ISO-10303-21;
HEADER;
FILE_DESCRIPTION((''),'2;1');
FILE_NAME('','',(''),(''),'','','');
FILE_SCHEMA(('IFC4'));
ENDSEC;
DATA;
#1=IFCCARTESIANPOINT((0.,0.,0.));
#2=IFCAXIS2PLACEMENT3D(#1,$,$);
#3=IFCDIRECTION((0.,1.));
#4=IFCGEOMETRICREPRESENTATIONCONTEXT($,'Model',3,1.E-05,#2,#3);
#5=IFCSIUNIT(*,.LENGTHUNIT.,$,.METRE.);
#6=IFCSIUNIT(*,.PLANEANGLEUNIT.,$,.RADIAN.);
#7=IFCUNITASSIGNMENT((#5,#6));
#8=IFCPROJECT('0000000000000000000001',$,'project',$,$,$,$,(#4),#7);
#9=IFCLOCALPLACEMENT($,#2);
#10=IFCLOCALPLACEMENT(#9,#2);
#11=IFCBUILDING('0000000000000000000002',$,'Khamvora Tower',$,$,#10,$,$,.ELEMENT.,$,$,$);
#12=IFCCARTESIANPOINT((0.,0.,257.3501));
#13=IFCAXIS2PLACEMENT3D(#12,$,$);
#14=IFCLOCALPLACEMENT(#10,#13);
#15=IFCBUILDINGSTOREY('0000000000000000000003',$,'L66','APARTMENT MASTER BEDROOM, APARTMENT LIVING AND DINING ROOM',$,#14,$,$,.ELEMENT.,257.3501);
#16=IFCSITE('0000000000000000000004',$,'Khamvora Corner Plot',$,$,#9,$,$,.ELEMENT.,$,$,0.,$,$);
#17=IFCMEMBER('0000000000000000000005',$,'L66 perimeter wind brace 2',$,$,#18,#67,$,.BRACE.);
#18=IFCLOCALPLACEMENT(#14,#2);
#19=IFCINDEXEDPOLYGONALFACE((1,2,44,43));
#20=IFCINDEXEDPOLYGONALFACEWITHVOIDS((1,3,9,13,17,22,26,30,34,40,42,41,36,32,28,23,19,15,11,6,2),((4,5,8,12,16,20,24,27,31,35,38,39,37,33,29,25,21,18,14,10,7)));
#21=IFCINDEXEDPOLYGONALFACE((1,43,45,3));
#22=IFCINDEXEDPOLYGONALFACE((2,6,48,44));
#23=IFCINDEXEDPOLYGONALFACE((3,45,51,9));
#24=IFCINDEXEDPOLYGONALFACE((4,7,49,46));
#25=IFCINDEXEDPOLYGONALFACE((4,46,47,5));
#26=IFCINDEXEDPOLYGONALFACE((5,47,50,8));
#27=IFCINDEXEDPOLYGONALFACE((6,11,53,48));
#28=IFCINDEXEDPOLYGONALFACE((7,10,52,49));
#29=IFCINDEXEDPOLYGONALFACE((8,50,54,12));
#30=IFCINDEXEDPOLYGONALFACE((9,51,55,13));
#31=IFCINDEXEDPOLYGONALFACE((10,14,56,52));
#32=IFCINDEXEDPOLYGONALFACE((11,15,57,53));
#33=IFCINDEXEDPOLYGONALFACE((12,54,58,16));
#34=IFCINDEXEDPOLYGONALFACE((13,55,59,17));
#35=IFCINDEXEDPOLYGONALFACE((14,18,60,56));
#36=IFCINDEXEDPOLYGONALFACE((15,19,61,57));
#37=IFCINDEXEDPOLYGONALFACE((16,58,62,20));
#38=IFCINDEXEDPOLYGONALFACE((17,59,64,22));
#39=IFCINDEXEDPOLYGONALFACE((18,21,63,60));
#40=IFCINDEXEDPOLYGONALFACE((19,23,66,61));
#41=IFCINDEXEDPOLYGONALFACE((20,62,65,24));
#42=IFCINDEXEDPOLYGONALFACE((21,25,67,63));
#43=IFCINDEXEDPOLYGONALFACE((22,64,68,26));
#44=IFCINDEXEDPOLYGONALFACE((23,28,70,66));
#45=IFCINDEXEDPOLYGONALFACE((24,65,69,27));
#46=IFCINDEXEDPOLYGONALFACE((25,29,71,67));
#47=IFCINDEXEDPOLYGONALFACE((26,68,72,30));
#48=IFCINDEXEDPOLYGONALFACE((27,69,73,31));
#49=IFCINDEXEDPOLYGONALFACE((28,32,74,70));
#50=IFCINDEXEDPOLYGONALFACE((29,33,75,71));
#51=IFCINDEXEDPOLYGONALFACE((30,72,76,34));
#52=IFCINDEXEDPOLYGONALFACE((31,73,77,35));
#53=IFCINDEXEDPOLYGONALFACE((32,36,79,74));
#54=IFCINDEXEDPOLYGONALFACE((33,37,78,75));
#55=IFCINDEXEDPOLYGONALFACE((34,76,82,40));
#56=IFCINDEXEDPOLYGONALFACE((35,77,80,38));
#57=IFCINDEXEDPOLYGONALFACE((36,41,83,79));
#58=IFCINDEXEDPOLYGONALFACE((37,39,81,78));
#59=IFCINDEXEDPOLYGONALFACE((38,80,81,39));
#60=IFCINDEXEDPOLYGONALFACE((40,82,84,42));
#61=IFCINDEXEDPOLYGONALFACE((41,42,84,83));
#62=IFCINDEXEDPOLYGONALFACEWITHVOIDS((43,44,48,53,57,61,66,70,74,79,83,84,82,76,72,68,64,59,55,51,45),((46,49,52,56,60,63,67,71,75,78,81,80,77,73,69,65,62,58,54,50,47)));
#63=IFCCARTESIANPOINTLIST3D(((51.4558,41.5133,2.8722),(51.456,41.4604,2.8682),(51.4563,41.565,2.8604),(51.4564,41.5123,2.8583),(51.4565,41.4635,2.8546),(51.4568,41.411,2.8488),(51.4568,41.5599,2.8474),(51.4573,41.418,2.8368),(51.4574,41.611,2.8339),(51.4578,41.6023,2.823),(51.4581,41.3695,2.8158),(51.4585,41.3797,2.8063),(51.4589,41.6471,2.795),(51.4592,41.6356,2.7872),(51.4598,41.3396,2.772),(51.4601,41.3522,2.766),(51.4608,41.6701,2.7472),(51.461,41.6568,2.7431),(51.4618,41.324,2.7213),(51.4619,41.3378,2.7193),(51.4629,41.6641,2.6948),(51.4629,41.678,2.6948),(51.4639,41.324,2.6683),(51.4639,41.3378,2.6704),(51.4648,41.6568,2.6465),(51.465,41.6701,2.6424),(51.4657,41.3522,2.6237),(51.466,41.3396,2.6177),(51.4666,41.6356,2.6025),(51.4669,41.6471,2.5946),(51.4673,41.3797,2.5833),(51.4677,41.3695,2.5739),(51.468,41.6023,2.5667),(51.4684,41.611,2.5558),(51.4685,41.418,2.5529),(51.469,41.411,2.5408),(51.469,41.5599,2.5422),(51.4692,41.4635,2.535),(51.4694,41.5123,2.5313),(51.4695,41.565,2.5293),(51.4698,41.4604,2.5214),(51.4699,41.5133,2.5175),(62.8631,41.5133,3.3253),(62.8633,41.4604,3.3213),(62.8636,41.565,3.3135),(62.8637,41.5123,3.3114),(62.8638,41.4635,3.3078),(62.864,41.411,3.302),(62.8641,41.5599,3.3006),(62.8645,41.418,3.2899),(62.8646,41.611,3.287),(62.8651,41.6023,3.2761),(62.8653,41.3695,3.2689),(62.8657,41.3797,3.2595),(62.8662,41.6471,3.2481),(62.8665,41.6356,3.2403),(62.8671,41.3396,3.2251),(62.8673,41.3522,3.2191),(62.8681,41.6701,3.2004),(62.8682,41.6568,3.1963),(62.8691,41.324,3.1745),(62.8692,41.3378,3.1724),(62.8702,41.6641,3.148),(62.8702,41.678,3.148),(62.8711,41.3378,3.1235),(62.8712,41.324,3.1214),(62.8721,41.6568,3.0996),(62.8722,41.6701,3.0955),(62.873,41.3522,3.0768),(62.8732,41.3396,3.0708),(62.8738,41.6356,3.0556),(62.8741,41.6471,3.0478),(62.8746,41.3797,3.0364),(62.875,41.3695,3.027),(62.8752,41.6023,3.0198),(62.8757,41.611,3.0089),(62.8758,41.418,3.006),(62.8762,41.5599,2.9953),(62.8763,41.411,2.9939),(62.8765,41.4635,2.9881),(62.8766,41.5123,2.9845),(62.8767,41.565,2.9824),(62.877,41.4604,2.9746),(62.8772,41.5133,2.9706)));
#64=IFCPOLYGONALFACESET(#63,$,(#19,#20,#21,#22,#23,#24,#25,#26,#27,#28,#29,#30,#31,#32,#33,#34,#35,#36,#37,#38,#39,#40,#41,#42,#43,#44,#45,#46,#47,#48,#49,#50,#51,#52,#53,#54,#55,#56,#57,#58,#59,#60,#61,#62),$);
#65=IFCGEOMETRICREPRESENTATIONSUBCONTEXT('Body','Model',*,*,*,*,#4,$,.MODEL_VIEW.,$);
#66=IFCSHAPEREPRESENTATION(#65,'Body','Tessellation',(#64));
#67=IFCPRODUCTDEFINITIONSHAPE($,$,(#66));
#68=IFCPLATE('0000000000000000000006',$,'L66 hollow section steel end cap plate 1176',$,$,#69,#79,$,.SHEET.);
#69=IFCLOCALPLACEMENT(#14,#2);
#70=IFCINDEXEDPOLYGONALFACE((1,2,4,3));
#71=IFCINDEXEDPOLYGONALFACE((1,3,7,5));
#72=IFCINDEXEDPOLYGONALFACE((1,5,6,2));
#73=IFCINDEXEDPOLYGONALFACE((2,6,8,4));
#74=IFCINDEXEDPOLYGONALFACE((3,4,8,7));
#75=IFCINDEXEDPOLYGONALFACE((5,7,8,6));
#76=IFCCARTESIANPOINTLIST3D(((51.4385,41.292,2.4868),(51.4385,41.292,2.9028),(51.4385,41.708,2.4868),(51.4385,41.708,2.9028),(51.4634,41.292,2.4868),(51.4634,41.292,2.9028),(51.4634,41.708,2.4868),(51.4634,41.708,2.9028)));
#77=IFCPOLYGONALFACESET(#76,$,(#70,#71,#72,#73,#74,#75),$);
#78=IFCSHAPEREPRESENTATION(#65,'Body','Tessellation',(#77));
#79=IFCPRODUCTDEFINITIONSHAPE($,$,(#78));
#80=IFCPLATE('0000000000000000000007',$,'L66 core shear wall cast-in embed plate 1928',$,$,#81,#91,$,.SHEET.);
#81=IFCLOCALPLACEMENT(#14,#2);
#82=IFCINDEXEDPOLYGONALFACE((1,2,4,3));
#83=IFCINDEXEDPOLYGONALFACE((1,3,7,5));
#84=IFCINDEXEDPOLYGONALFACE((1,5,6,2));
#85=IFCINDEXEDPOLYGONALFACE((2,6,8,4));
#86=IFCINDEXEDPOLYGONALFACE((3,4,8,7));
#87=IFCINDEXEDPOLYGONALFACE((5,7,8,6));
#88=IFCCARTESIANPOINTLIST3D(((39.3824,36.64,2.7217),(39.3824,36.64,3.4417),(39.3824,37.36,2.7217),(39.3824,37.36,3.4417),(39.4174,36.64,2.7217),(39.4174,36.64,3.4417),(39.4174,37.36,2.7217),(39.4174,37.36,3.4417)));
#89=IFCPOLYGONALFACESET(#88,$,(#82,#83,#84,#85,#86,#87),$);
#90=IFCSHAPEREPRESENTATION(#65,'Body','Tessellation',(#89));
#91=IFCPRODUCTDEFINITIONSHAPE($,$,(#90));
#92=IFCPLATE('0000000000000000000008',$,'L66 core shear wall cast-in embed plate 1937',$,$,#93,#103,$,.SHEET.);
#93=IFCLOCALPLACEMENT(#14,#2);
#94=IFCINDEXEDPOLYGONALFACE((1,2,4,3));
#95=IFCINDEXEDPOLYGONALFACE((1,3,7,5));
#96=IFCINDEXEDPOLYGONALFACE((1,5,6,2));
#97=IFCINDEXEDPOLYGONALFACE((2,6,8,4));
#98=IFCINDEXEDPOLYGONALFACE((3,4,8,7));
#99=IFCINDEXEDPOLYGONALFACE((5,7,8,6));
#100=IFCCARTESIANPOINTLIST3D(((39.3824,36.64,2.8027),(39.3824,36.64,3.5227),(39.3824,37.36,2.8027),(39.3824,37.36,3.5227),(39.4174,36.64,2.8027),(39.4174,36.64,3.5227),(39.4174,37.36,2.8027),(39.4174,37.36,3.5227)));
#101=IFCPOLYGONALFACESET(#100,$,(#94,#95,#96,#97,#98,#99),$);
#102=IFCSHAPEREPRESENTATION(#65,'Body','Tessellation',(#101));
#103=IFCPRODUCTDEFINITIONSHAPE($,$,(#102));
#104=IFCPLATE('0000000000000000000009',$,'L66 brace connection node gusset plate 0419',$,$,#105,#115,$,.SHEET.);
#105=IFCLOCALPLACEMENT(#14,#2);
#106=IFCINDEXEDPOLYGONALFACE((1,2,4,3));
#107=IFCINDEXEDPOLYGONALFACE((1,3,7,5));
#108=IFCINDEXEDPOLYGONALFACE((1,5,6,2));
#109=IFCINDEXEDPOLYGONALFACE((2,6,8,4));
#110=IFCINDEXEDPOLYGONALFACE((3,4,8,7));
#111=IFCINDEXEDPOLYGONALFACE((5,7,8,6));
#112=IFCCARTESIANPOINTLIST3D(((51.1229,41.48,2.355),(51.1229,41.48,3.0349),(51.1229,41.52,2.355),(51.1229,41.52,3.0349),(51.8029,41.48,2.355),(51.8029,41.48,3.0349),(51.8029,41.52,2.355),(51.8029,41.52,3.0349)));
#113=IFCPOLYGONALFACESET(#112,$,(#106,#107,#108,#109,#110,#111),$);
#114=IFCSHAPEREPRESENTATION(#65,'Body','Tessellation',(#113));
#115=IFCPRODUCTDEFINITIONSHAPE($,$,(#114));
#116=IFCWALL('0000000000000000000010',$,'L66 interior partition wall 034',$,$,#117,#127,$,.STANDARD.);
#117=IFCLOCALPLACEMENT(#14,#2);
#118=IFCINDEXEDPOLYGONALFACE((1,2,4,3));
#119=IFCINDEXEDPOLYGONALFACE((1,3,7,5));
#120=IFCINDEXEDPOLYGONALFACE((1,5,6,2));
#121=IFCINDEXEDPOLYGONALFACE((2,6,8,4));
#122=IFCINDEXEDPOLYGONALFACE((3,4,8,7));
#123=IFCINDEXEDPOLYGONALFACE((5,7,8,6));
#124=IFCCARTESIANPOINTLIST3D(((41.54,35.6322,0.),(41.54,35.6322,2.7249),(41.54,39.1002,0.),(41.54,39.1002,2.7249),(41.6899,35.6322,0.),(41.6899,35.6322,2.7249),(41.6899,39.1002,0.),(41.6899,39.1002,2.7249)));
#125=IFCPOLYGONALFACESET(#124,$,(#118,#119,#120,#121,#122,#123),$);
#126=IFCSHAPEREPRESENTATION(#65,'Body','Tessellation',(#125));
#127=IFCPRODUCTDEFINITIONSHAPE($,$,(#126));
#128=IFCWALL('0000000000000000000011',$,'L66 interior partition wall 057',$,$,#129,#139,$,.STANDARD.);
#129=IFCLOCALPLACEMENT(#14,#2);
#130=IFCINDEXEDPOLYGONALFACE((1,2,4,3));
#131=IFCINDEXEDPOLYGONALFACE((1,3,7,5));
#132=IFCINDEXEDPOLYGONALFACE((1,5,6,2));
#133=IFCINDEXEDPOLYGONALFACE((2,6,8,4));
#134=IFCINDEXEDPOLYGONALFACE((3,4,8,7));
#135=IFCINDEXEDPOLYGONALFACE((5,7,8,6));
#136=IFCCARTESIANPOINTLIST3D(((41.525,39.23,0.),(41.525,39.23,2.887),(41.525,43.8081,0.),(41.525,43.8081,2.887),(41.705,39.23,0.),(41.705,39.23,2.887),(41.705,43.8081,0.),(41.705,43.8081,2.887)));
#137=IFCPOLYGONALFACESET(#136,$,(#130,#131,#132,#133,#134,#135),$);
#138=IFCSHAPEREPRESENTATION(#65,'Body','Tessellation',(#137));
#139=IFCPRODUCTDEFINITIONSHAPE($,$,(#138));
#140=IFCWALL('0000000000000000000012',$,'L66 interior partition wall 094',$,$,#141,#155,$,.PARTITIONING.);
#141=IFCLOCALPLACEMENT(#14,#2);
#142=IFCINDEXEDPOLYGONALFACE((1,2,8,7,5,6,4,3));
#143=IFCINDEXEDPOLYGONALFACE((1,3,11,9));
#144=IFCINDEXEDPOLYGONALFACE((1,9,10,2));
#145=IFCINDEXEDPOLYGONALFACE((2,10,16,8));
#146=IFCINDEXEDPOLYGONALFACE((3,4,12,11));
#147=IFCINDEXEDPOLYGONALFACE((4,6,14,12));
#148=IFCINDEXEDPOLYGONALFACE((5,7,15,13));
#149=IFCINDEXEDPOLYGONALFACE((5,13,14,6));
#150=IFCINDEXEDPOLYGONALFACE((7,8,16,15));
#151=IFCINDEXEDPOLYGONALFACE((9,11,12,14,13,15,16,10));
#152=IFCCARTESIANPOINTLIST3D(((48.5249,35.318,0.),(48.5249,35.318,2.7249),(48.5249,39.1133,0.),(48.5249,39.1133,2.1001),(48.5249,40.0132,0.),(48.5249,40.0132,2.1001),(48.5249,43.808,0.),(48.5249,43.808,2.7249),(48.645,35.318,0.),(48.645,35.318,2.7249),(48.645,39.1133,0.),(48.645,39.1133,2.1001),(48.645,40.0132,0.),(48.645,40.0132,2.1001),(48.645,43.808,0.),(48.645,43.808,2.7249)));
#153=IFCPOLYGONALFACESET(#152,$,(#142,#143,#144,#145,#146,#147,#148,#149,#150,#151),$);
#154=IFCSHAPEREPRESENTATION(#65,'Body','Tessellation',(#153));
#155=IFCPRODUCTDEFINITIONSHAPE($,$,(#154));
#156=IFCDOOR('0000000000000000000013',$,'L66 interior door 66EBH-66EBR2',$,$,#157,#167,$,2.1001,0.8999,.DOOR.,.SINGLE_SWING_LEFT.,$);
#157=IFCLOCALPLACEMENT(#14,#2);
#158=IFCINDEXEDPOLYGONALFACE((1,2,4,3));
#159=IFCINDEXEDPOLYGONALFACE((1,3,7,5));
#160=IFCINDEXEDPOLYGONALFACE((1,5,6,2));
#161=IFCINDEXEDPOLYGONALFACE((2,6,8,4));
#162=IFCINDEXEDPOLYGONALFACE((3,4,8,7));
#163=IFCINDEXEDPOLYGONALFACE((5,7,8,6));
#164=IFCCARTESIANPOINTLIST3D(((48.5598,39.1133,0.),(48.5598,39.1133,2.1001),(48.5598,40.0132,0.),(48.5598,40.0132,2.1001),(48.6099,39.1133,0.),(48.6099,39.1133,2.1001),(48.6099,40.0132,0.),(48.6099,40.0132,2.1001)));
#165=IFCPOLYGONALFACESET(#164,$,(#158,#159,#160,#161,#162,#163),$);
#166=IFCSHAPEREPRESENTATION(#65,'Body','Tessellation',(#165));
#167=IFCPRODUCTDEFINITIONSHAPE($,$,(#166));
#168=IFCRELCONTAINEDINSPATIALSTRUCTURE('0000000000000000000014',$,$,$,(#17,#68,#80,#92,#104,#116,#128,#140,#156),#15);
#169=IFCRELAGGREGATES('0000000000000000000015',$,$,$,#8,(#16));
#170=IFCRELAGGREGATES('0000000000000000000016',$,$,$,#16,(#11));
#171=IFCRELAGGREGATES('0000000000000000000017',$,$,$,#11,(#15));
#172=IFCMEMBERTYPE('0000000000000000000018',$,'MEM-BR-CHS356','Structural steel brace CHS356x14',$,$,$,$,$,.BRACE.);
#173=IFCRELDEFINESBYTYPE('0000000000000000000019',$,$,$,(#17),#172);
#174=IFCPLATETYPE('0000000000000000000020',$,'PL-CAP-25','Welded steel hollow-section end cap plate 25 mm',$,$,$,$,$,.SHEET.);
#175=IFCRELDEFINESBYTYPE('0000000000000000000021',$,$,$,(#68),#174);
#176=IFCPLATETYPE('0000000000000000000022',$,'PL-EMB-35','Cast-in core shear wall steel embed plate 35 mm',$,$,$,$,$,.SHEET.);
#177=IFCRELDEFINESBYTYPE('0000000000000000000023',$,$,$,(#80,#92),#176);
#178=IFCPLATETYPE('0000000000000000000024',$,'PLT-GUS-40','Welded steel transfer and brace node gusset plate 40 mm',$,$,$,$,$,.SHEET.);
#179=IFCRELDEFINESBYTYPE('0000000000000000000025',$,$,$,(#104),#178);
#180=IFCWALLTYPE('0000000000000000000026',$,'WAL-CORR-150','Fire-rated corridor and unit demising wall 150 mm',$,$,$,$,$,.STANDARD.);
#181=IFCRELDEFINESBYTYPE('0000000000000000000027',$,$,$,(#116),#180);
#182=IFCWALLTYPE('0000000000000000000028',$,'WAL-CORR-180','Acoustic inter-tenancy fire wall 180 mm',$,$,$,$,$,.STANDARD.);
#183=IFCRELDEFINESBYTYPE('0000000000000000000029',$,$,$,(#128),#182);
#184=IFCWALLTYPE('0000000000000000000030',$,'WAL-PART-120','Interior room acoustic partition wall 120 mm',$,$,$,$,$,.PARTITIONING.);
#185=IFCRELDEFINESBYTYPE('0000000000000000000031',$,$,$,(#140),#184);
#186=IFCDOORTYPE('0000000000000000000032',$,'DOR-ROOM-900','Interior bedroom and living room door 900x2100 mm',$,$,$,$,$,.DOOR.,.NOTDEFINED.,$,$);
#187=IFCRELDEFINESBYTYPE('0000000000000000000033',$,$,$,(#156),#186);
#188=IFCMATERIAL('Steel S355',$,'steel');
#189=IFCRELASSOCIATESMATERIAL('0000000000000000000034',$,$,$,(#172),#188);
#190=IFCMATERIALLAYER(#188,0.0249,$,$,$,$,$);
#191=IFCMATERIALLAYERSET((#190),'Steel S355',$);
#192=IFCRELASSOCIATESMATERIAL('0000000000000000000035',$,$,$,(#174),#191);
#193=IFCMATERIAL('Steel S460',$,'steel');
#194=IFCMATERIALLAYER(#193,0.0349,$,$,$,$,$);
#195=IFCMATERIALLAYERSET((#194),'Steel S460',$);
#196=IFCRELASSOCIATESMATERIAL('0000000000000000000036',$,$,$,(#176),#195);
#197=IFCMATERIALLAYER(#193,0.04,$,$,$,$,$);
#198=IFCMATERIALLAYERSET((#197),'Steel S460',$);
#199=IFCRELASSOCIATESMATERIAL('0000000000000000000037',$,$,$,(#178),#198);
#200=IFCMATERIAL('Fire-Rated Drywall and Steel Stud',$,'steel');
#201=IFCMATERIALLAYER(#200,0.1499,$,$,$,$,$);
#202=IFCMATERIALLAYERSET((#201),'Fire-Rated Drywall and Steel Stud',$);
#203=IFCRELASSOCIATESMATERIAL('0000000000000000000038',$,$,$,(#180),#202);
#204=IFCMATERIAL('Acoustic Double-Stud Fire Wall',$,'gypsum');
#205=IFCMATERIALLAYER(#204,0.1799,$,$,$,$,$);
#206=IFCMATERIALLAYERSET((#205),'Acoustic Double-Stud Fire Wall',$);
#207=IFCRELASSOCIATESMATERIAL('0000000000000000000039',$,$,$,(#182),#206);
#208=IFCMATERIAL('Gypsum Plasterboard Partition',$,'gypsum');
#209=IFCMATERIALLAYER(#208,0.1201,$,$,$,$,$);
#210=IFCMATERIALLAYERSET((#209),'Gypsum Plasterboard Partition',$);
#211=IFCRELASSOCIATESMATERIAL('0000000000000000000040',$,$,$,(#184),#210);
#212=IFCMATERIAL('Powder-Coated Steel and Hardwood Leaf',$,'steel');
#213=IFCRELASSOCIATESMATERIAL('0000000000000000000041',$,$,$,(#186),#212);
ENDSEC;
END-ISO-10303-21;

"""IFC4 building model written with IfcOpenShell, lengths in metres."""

from ifc_helpers import new_model, si_unit, direction, frame, frame_2d, origin, origin_2d, place, context, subcontext, project, spatial, rectangle, hollow_circle, extrude, material, layer, layer_set, material_profile, profile_set, type_object, element, fill, save


model = new_model("IFC4")

# Units and contexts
model_context = context("Model", 3, precision=1e-05, world=origin(), true_north=direction((0.0, 1.0)))
body_context = subcontext(model_context, "Body", "Model", "MODEL_VIEW")
ifc_project = project(units=[si_unit("LENGTHUNIT", "METRE"), si_unit("PLANEANGLEUNIT", "RADIAN")], contexts=[model_context])

# Site, building, storey
site_placement = place(None, origin())
site = spatial("IfcSite", under=ifc_project, at=site_placement, Name="Khamvora Corner Plot", CompositionType="ELEMENT", RefElevation=0.0)
building_placement = place(site_placement, origin())
building = spatial("IfcBuilding", under=site, at=building_placement, Name="Khamvora Tower", CompositionType="ELEMENT")
storey_placement = place(building_placement, frame((0.0, 0.0, 257.3501)))
storey = spatial("IfcBuildingStorey", under=building, at=storey_placement, Name="L66", Description="APARTMENT MASTER BEDROOM, APARTMENT LIVING AND DINING ROOM", CompositionType="ELEMENT", Elevation=257.3501)

# Shared definitions
ifc_material_1 = material(Name="Steel S355", Category="steel")

# Member
ifc_material_profile_1 = material_profile(ifc_material_1, hollow_circle(Radius=0.178, WallThickness=0.0139, at=origin_2d()), Name="CHS356x14")
ifc_profile_set_1 = profile_set([ifc_material_profile_1], Name="Steel S355")
member_type = type_object("IfcMemberType", Name="MEM-BR-CHS356", Description="Structural steel brace CHS356x14", PredefinedType="BRACE", material=ifc_profile_set_1)
member_placement = place(storey_placement, frame((51.4629, 41.5, 2.6948), z_axis=(0.999212, 0.0, 0.039691), x_axis=(0.0, 1.0, 0.0)))
element("IfcMember", 1, at=member_placement, inside=storey, type_object=member_type, Name="L66 perimeter wind brace 2", PredefinedType="BRACE", context=body_context, shape_type="SweptSolid", body=[
    extrude(hollow_circle(Radius=0.178, WallThickness=0.0139, at=origin_2d()), origin(), (0.0, 0.0, 1.0), 11.4163),
])

# Plates
ifc_layer_1 = layer(ifc_material_1, 0.0249)
ifc_layer_set_1 = layer_set([ifc_layer_1], Name="Steel S355")
plate_type_1 = type_object("IfcPlateType", Name="PL-CAP-25", Description="Welded steel hollow-section end cap plate 25 mm", PredefinedType="SHEET", material=ifc_layer_set_1)
plate_1_placement = place(storey_placement, frame((51.4509, 41.5, 2.4868), z_axis=(0.0, 0.0, 1.0), x_axis=(1.0, 0.0, 0.0)))
element("IfcPlate", 2, at=plate_1_placement, inside=storey, type_object=plate_type_1, Name="L66 hollow section steel end cap plate 1176", PredefinedType="SHEET", context=body_context, shape_type="SweptSolid", body=[
    extrude(rectangle(XDim=0.0249, YDim=0.416, at=origin_2d()), origin(), (0.0, 0.0, 1.0), 0.416),
])
ifc_material_2 = material(Name="Steel S460", Category="steel")
ifc_layer_2 = layer(ifc_material_2, 0.0349)
ifc_layer_set_2 = layer_set([ifc_layer_2], Name="Steel S460")
plate_type_2 = type_object("IfcPlateType", Name="PL-EMB-35", Description="Cast-in core shear wall steel embed plate 35 mm", PredefinedType="SHEET", material=ifc_layer_set_2)
for number, where, z_axis, x_axis, name in (
    (3, (39.3999, 37.0, 2.7217), (0.0, 0.0, 1.0), (1.0, 0.0, 0.0), "L66 core shear wall cast-in embed plate 1928"),
    (4, (39.3999, 37.0, 2.8027), (0.0, 0.0, 1.0), (1.0, 0.0, 0.0), "L66 core shear wall cast-in embed plate 1937"),
):
    element("IfcPlate", number, at=place(storey_placement, frame(where, z_axis=z_axis, x_axis=x_axis)), inside=storey, type_object=plate_type_2, Name=name, PredefinedType="SHEET", context=body_context, shape_type="SweptSolid", body=[
        extrude(rectangle(XDim=0.0349, YDim=0.72, at=origin_2d()), origin(), (0.0, 0.0, 1.0), 0.72),
    ])
ifc_layer_3 = layer(ifc_material_2, 0.04)
ifc_layer_set_3 = layer_set([ifc_layer_3], Name="Steel S460")
plate_type_3 = type_object("IfcPlateType", Name="PLT-GUS-40", Description="Welded steel transfer and brace node gusset plate 40 mm", PredefinedType="SHEET", material=ifc_layer_set_3)
plate_2_placement = place(storey_placement, frame((51.4629, 41.5, 2.355), z_axis=(0.0, 0.0, 1.0), x_axis=(1.0, 0.0, 0.0)))
element("IfcPlate", 5, at=plate_2_placement, inside=storey, type_object=plate_type_3, Name="L66 brace connection node gusset plate 0419", PredefinedType="SHEET", context=body_context, shape_type="SweptSolid", body=[
    extrude(rectangle(XDim=0.6799, YDim=0.04, at=origin_2d()), origin(), (0.0, 0.0, 1.0), 0.6799),
])

# Walls
ifc_material_3 = material(Name="Fire-Rated Drywall and Steel Stud", Category="steel")
ifc_layer_4 = layer(ifc_material_3, 0.1499)
ifc_layer_set_4 = layer_set([ifc_layer_4], Name="Fire-Rated Drywall and Steel Stud")
wall_type_1 = type_object("IfcWallType", Name="WAL-CORR-150", Description="Fire-rated corridor and unit demising wall 150 mm", PredefinedType="STANDARD", material=ifc_layer_set_4)
wall_1_placement = place(storey_placement, frame((41.615, 39.1001, 0.0), z_axis=(0.0, 0.0, 1.0), x_axis=(0.0, -1.0, 0.0)))
element("IfcWall", 6, at=wall_1_placement, inside=storey, type_object=wall_type_1, Name="L66 interior partition wall 034", PredefinedType="STANDARD", context=body_context, shape_type="SweptSolid", body=[
    extrude(rectangle(XDim=3.468, YDim=0.1499, at=frame_2d((1.7339, 0.0))), origin(), (0.0, 0.0, 1.0), 2.7249),
])
ifc_material_4 = material(Name="Acoustic Double-Stud Fire Wall", Category="gypsum")
ifc_layer_5 = layer(ifc_material_4, 0.1799)
ifc_layer_set_5 = layer_set([ifc_layer_5], Name="Acoustic Double-Stud Fire Wall")
wall_type_2 = type_object("IfcWallType", Name="WAL-CORR-180", Description="Acoustic inter-tenancy fire wall 180 mm", PredefinedType="STANDARD", material=ifc_layer_set_5)
wall_2_placement = place(storey_placement, frame((41.615, 43.8081, 0.0), z_axis=(0.0, 0.0, 1.0), x_axis=(0.0, -1.0, 0.0)))
element("IfcWall", 7, at=wall_2_placement, inside=storey, type_object=wall_type_2, Name="L66 interior partition wall 057", PredefinedType="STANDARD", context=body_context, shape_type="SweptSolid", body=[
    extrude(rectangle(XDim=4.5781, YDim=0.1799, at=frame_2d((2.2891, 0.0))), origin(), (0.0, 0.0, 1.0), 2.887),
])

# Wall, opening, door
ifc_material_5 = material(Name="Gypsum Plasterboard Partition", Category="gypsum")
ifc_layer_6 = layer(ifc_material_5, 0.1201)
ifc_layer_set_6 = layer_set([ifc_layer_6], Name="Gypsum Plasterboard Partition")
wall_type_3 = type_object("IfcWallType", Name="WAL-PART-120", Description="Interior room acoustic partition wall 120 mm", PredefinedType="PARTITIONING", material=ifc_layer_set_6)
wall_3_placement = place(storey_placement, frame((48.585, 43.8081, 0.0), z_axis=(0.0, 0.0, 1.0), x_axis=(0.0, -1.0, 0.0)))
wall_3 = element("IfcWall", 8, at=wall_3_placement, inside=storey, type_object=wall_type_3, Name="L66 interior partition wall 094", PredefinedType="PARTITIONING", context=body_context, shape_type="SweptSolid", body=[
    extrude(rectangle(XDim=8.49, YDim=0.1201, at=frame_2d((4.2451, 0.0))), origin(), (0.0, 0.0, 1.0), 2.7249),
])
opening_placement = place(wall_3_placement, frame((3.7949, 0.0, 0.0)))
opening = element("IfcOpeningElement", 9, at=opening_placement, cuts=wall_3, PredefinedType="OPENING", context=body_context, shape_type="SweptSolid", body=[
    extrude(rectangle(XDim=0.8999, YDim=2.1001, at=frame_2d((0.45, 1.05))), frame((0.0, 0.0701, 0.0), z_axis=(0.0, -1.0, 0.0), x_axis=(1.0, 0.0, 0.0)), (0.0, 0.0, 1.0), 0.1401),
])
ifc_material_6 = material(Name="Powder-Coated Steel and Hardwood Leaf", Category="steel")
door_type = type_object("IfcDoorType", Name="DOR-ROOM-900", Description="Interior bedroom and living room door 900x2100 mm", OperationType="NOTDEFINED", PredefinedType="DOOR", material=ifc_material_6)
door_placement = place(opening_placement, origin())
door = element("IfcDoor", 10, at=door_placement, inside=storey, type_object=door_type, Name="L66 interior door 66EBH-66EBR2", OperationType="SINGLE_SWING_LEFT", OverallHeight=2.1001, OverallWidth=0.8999, PredefinedType="DOOR", context=body_context, shape_type="SweptSolid", body=[
    extrude(rectangle(XDim=0.8999, YDim=2.1001, at=frame_2d((0.45, 1.05))), frame((0.0, 0.0249, 0.0), z_axis=(0.0, -1.0, 0.0), x_axis=(1.0, 0.0, 0.0)), (0.0, 0.0, 1.0), 0.05),
])
fill(opening, door)

save(model, "model.ifc")
